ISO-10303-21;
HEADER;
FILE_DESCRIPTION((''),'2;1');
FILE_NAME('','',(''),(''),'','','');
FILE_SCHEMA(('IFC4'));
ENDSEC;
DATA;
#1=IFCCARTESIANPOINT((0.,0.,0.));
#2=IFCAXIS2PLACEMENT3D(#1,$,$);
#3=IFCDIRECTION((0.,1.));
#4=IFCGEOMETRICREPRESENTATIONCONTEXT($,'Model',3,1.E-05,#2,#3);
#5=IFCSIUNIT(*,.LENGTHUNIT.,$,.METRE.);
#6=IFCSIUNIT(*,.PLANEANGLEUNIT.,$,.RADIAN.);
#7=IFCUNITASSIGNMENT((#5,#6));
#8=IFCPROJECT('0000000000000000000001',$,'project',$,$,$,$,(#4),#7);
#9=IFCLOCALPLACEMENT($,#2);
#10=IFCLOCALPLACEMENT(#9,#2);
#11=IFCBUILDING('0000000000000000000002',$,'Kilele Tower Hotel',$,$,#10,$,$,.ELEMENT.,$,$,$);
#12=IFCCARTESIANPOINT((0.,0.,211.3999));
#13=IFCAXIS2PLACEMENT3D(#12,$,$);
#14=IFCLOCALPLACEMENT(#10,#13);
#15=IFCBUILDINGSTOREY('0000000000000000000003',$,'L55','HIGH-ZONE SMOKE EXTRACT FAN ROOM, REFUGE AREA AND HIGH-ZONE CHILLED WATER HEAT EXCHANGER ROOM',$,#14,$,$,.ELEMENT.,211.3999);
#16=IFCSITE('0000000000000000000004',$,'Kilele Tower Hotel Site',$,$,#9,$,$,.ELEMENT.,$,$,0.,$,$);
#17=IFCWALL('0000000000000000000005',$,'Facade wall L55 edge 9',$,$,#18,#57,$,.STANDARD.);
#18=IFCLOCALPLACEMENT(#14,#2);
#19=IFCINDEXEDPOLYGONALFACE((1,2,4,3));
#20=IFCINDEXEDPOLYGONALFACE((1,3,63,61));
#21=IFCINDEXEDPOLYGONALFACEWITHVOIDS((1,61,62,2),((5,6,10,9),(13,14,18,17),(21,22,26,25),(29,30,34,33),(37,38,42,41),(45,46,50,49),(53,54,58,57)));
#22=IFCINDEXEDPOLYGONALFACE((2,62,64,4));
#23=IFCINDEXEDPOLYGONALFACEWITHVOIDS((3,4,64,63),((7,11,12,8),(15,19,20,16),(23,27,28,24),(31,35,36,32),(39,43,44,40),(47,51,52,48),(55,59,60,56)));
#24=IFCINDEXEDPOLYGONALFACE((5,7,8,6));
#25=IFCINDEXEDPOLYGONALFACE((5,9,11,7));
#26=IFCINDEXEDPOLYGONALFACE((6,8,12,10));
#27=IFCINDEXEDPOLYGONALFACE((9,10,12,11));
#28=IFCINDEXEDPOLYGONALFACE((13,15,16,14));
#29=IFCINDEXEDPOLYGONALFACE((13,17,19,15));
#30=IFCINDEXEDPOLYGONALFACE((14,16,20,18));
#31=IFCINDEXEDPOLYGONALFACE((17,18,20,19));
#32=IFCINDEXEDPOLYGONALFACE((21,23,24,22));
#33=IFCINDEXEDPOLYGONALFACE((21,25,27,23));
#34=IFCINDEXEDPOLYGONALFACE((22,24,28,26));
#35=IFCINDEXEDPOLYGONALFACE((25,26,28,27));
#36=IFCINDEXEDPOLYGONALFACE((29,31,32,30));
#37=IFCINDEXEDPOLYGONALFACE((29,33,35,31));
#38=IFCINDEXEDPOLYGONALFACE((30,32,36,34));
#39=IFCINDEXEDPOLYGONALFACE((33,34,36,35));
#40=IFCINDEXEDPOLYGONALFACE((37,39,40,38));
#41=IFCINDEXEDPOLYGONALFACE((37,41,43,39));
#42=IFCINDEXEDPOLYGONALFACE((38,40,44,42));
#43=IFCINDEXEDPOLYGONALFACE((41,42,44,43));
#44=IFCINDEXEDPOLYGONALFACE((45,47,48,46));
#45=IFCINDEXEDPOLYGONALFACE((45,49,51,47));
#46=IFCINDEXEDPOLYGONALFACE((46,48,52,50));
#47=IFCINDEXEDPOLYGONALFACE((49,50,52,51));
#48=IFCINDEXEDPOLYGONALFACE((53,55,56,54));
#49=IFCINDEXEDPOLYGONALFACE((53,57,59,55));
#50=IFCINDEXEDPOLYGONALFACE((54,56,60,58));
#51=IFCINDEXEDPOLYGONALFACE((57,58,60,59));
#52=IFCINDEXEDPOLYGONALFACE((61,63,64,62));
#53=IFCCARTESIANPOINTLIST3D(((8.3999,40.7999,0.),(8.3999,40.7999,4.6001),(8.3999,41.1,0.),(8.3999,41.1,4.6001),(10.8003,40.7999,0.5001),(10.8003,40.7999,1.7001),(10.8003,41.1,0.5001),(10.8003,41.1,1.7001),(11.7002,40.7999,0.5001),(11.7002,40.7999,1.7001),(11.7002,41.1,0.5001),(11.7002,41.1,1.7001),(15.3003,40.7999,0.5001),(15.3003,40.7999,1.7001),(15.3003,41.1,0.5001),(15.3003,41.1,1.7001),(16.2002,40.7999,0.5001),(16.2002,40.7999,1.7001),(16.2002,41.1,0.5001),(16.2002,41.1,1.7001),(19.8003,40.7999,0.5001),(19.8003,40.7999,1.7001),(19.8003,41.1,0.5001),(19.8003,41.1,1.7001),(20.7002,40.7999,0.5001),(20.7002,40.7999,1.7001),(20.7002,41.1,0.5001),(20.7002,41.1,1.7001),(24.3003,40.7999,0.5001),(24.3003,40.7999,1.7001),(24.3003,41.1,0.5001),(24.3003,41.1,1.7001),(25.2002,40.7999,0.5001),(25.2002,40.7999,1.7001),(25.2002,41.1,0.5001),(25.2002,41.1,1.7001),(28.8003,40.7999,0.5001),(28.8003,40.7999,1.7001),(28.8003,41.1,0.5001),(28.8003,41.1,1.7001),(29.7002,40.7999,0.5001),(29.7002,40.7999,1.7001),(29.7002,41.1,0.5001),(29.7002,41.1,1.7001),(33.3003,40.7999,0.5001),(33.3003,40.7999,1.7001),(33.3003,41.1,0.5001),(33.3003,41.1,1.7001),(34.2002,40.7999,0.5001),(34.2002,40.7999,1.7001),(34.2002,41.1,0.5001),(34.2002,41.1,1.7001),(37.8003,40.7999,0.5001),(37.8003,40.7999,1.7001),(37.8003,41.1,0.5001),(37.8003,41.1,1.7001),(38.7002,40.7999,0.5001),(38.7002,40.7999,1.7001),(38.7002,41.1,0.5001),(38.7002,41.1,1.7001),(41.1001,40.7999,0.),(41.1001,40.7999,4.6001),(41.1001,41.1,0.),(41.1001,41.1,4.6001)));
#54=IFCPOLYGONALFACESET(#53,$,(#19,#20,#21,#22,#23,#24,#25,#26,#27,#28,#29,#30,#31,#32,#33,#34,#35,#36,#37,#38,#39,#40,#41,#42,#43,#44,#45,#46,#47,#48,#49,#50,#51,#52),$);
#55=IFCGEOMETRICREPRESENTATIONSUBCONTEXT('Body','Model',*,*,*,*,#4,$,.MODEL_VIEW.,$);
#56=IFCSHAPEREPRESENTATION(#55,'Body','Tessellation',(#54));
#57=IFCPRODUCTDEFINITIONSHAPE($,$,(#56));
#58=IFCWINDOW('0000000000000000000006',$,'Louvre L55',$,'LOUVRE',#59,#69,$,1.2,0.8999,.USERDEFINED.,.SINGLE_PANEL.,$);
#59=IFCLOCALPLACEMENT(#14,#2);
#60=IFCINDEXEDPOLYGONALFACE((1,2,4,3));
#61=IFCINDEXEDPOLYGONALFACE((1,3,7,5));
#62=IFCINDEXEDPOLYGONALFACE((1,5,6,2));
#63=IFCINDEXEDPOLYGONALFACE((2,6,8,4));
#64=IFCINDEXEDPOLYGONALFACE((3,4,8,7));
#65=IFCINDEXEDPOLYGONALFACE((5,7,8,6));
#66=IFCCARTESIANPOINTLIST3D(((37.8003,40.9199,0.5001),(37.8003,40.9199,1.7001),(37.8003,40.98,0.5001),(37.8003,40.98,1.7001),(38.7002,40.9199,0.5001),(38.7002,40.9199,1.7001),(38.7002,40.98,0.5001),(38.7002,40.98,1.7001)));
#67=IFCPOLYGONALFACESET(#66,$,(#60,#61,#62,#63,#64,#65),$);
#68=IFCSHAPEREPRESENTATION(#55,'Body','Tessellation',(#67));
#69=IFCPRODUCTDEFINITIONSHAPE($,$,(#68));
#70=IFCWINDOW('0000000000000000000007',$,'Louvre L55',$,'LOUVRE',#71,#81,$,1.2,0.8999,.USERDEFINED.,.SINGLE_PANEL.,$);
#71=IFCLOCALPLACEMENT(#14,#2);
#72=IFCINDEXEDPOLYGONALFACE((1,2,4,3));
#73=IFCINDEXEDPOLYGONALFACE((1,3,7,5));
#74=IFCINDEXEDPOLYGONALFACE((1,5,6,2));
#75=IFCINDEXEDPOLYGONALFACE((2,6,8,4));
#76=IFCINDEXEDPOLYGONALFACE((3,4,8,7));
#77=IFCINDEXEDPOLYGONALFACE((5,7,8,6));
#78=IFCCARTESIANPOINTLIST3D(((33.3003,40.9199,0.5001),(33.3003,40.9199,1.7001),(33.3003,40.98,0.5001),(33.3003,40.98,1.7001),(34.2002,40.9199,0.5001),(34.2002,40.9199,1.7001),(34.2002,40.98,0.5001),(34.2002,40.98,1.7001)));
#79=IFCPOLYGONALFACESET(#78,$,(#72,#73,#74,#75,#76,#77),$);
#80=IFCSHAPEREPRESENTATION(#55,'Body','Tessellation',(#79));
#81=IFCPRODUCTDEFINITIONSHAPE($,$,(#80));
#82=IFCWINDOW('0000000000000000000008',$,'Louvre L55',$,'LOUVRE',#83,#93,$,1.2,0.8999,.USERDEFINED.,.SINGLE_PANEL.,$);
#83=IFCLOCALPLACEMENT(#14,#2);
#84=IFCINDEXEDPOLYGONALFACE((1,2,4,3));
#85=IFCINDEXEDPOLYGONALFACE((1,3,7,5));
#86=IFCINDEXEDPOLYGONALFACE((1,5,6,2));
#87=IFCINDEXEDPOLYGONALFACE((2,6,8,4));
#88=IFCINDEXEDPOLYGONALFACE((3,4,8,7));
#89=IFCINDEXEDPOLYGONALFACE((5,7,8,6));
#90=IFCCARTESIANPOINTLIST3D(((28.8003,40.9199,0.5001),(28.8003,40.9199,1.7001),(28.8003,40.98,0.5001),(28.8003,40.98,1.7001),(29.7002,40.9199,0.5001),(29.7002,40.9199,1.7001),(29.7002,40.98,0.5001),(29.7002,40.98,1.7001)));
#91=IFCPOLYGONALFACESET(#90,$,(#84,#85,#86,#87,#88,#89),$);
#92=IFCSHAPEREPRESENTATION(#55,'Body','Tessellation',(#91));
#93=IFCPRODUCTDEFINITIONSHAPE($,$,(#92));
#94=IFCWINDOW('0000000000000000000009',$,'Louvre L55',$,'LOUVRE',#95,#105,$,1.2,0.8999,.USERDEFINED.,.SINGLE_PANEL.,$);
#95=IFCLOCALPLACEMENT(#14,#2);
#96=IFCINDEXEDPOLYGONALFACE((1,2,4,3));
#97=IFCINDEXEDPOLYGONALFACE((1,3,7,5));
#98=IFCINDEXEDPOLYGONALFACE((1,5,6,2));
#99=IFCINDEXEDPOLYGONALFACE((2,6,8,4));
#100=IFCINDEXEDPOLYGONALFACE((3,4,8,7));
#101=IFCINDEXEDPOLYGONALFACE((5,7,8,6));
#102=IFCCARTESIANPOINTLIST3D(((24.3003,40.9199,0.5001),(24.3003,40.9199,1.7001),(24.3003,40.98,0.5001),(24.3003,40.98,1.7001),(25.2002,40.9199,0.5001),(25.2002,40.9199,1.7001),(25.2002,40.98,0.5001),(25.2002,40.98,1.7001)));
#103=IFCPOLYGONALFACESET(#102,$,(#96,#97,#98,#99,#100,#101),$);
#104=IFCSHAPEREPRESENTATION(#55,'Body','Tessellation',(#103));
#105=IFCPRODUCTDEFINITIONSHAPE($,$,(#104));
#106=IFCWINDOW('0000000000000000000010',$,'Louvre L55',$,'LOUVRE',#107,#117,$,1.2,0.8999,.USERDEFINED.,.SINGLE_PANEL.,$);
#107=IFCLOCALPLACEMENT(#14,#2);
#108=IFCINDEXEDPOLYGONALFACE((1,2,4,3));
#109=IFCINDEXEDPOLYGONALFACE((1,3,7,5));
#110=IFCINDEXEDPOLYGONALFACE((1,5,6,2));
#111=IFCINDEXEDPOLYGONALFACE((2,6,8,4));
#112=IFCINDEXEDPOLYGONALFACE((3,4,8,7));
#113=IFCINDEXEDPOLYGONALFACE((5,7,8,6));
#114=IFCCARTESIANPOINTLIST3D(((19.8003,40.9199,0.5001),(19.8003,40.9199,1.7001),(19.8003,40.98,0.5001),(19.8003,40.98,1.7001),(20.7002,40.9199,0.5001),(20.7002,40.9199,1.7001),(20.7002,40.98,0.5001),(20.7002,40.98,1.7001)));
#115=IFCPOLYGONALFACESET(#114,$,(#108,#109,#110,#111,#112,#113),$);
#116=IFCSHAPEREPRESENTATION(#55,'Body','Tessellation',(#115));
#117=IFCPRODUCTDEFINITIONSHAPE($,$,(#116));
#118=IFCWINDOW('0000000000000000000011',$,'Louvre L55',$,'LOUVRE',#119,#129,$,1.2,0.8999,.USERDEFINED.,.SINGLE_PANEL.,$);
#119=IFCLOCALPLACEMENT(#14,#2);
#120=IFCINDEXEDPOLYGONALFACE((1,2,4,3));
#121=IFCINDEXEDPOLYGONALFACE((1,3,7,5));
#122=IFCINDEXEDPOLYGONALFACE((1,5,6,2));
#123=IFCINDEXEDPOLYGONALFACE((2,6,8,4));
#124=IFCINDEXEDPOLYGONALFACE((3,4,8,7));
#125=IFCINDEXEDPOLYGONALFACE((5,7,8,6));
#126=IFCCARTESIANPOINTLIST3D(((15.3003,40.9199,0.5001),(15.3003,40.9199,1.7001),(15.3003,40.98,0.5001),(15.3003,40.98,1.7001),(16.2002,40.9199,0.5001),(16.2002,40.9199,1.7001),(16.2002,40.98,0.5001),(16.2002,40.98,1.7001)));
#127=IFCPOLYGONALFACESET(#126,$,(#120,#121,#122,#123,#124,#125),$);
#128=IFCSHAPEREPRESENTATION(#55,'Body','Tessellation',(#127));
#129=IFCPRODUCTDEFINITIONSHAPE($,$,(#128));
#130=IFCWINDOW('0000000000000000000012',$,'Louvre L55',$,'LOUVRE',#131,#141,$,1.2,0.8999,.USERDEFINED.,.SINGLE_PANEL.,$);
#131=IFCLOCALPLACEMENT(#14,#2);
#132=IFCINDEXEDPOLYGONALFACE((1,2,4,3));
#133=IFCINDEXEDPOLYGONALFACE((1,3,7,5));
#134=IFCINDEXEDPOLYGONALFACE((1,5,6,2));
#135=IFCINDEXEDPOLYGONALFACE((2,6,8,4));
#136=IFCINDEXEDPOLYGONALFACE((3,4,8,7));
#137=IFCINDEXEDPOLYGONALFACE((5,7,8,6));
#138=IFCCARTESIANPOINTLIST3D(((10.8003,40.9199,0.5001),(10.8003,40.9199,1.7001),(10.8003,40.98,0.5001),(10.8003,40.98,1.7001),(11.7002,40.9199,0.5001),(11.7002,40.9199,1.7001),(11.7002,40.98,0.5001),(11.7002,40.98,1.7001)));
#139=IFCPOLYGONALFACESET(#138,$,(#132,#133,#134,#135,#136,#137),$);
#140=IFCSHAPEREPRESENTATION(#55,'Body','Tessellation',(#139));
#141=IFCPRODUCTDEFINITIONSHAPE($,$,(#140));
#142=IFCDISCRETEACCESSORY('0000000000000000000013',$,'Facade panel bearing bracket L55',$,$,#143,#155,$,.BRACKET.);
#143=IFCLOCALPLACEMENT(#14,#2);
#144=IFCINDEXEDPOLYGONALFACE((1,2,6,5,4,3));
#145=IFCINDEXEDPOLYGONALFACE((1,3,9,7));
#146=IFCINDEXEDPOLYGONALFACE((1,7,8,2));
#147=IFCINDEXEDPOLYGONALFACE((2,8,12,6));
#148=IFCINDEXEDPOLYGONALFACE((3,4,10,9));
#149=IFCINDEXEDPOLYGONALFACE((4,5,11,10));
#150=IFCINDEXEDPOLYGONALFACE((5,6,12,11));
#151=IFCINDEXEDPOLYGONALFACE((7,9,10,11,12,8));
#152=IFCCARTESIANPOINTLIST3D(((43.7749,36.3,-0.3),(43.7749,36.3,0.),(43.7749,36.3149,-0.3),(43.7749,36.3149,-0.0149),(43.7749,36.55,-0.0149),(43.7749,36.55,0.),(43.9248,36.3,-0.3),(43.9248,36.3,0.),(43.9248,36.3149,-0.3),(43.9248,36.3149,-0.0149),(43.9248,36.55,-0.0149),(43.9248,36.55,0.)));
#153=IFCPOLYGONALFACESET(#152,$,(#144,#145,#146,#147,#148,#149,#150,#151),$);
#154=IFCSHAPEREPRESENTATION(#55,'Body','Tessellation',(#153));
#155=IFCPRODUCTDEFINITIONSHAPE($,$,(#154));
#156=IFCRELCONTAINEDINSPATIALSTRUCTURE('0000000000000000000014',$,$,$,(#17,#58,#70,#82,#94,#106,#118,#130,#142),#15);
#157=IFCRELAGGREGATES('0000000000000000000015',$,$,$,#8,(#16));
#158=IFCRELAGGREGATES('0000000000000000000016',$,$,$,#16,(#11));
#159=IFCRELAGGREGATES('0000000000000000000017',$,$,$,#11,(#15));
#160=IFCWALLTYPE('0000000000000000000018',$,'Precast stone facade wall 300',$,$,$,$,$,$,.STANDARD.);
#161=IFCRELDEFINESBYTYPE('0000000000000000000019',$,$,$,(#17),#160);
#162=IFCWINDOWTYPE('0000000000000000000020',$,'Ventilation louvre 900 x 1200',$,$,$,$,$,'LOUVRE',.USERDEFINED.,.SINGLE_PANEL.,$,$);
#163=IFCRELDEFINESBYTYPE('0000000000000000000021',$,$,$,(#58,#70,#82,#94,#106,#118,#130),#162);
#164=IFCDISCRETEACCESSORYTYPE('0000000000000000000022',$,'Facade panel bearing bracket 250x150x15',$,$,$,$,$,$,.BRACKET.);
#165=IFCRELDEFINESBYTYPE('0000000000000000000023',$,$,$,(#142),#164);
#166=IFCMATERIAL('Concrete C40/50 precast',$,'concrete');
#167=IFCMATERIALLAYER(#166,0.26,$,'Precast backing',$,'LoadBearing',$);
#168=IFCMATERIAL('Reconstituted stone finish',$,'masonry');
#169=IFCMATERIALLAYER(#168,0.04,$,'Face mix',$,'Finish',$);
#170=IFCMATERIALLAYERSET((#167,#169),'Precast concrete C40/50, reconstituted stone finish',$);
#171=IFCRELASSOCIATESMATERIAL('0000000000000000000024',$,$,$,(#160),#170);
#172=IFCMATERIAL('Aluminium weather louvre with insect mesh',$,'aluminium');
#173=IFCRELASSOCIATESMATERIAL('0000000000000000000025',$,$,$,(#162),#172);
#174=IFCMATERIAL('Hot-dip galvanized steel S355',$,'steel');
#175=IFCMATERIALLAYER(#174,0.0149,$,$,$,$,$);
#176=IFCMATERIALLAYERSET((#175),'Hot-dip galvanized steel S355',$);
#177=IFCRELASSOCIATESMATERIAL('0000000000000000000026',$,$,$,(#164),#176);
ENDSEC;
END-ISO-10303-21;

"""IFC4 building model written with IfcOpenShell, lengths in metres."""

from ifc_helpers import new_model, si_unit, direction, frame, frame_2d, origin, place, context, subcontext, project, spatial, polyline, rectangle, outline, extrude, source, transform, mapped, material, layer, layer_set, type_object, element, fill, save


model = new_model("IFC4")

# Units and contexts
model_context = context("Model", 3, precision=1e-05, world=origin(), true_north=direction((0.0, 1.0)))
body_context = subcontext(model_context, "Body", "Model", "MODEL_VIEW")
ifc_project = project(units=[si_unit("LENGTHUNIT", "METRE"), si_unit("PLANEANGLEUNIT", "RADIAN")], contexts=[model_context])

# Site, building, storey
site_placement = place(None, origin())
site = spatial("IfcSite", under=ifc_project, at=site_placement, Name="Kilele Tower Hotel Site", CompositionType="ELEMENT", RefElevation=0.0)
building_placement = place(site_placement, origin())
building = spatial("IfcBuilding", under=site, at=building_placement, Name="Kilele Tower Hotel", CompositionType="ELEMENT")
storey_placement = place(building_placement, frame((0.0, 0.0, 211.3999)))
storey = spatial("IfcBuildingStorey", under=building, at=storey_placement, Name="L55", Description="HIGH-ZONE SMOKE EXTRACT FAN ROOM, REFUGE AREA AND HIGH-ZONE CHILLED WATER HEAT EXCHANGER ROOM", CompositionType="ELEMENT", Elevation=211.3999)

# Shared definitions
ifc_material_1 = material(Name="Concrete C40/50 precast", Category="concrete")
ifc_layer_1 = layer(ifc_material_1, 0.26, Name="Precast backing", Category="LoadBearing")
ifc_material_2 = material(Name="Reconstituted stone finish", Category="masonry")
ifc_layer_2 = layer(ifc_material_2, 0.04, Name="Face mix", Category="Finish")
ifc_layer_set_1 = layer_set([ifc_layer_1, ifc_layer_2], Name="Precast concrete C40/50, reconstituted stone finish")
wall_type = type_object("IfcWallType", Name="Precast stone facade wall 300", PredefinedType="STANDARD", material=ifc_layer_set_1)
ifc_material_3 = material(Name="Aluminium weather louvre with insect mesh", Category="aluminium")
window_type = type_object("IfcWindowType", Name="Ventilation louvre 900 x 1200", ElementType="LOUVRE", PartitioningType="SINGLE_PANEL", PredefinedType="USERDEFINED", material=ifc_material_3)

# Wall, openings, windows
wall_1_placement = place(storey_placement, frame((41.1001, 40.95, 0.0), z_axis=(0.0, 0.0, 1.0), x_axis=(-1.0, 0.0, 0.0)))
wall_1 = element("IfcWall", 1, at=wall_1_placement, inside=storey, type_object=wall_type, Name="Facade wall L55 edge 9", PredefinedType="STANDARD", context=body_context, shape_type="SweptSolid", body=[
    extrude(rectangle(XDim=32.7002, YDim=0.3, at=frame_2d((16.3501, 0.0))), origin(), (0.0, 0.0, 1.0), 4.6001),
])
opening_1_placement = place(wall_1_placement, frame((2.3999, 0.0, 0.5)))
opening_1 = element("IfcOpeningElement", 2, at=opening_1_placement, cuts=wall_1, PredefinedType="OPENING", context=body_context, shape_type="SweptSolid", body=[
    extrude(rectangle(XDim=0.8999, YDim=1.2, at=frame_2d((0.45, 0.6001))), frame((0.0, 0.1599, 0.0), z_axis=(0.0, -1.0, 0.0), x_axis=(1.0, 0.0, 0.0)), (0.0, 0.0, 1.0), 0.3201),
])
opening_2_placement = place(wall_1_placement, frame((6.8999, 0.0, 0.5)))
opening_2 = element("IfcOpeningElement", 3, at=opening_2_placement, cuts=wall_1, PredefinedType="OPENING", context=body_context, shape_type="SweptSolid", body=[
    extrude(rectangle(XDim=0.8999, YDim=1.2, at=frame_2d((0.45, 0.6001))), frame((0.0, 0.1599, 0.0), z_axis=(0.0, -1.0, 0.0), x_axis=(1.0, 0.0, 0.0)), (0.0, 0.0, 1.0), 0.3201),
])
opening_3_placement = place(wall_1_placement, frame((11.3999, 0.0, 0.5)))
opening_3 = element("IfcOpeningElement", 4, at=opening_3_placement, cuts=wall_1, PredefinedType="OPENING", context=body_context, shape_type="SweptSolid", body=[
    extrude(rectangle(XDim=0.8999, YDim=1.2, at=frame_2d((0.45, 0.6001))), frame((0.0, 0.1599, 0.0), z_axis=(0.0, -1.0, 0.0), x_axis=(1.0, 0.0, 0.0)), (0.0, 0.0, 1.0), 0.3201),
])
opening_4_placement = place(wall_1_placement, frame((15.8999, 0.0, 0.5)))
opening_4 = element("IfcOpeningElement", 5, at=opening_4_placement, cuts=wall_1, PredefinedType="OPENING", context=body_context, shape_type="SweptSolid", body=[
    extrude(rectangle(XDim=0.8999, YDim=1.2, at=frame_2d((0.45, 0.6001))), frame((0.0, 0.1599, 0.0), z_axis=(0.0, -1.0, 0.0), x_axis=(1.0, 0.0, 0.0)), (0.0, 0.0, 1.0), 0.3201),
])
opening_5_placement = place(wall_1_placement, frame((20.3999, 0.0, 0.5)))
opening_5 = element("IfcOpeningElement", 6, at=opening_5_placement, cuts=wall_1, PredefinedType="OPENING", context=body_context, shape_type="SweptSolid", body=[
    extrude(rectangle(XDim=0.8999, YDim=1.2, at=frame_2d((0.45, 0.6001))), frame((0.0, 0.1599, 0.0), z_axis=(0.0, -1.0, 0.0), x_axis=(1.0, 0.0, 0.0)), (0.0, 0.0, 1.0), 0.3201),
])
opening_6_placement = place(wall_1_placement, frame((24.8999, 0.0, 0.5)))
opening_6 = element("IfcOpeningElement", 7, at=opening_6_placement, cuts=wall_1, PredefinedType="OPENING", context=body_context, shape_type="SweptSolid", body=[
    extrude(rectangle(XDim=0.8999, YDim=1.2, at=frame_2d((0.45, 0.6001))), frame((0.0, 0.1599, 0.0), z_axis=(0.0, -1.0, 0.0), x_axis=(1.0, 0.0, 0.0)), (0.0, 0.0, 1.0), 0.3201),
])
opening_7_placement = place(wall_1_placement, frame((29.3999, 0.0, 0.5)))
opening_7 = element("IfcOpeningElement", 8, at=opening_7_placement, cuts=wall_1, PredefinedType="OPENING", context=body_context, shape_type="SweptSolid", body=[
    extrude(rectangle(XDim=0.8999, YDim=1.2, at=frame_2d((0.45, 0.6001))), frame((0.0, 0.1599, 0.0), z_axis=(0.0, -1.0, 0.0), x_axis=(1.0, 0.0, 0.0)), (0.0, 0.0, 1.0), 0.3201),
])
window_1_placement = place(opening_1_placement, origin())
window_1 = element("IfcWindow", 9, at=window_1_placement, inside=storey, type_object=window_type, Name="Louvre L55", ObjectType="LOUVRE", OverallHeight=1.2, OverallWidth=0.8999, PartitioningType="SINGLE_PANEL", PredefinedType="USERDEFINED", context=body_context, shape_type="SweptSolid", body=[
    extrude(rectangle(XDim=0.8999, YDim=1.2, at=frame_2d((0.45, 0.6001))), frame((0.0, 0.03, 0.0), z_axis=(0.0, -1.0, 0.0), x_axis=(1.0, 0.0, 0.0)), (0.0, 0.0, 1.0), 0.0601),
])
fill(opening_1, window_1)
window_2_placement = place(opening_2_placement, origin())
window_2 = element("IfcWindow", 10, at=window_2_placement, inside=storey, type_object=window_type, Name="Louvre L55", ObjectType="LOUVRE", OverallHeight=1.2, OverallWidth=0.8999, PartitioningType="SINGLE_PANEL", PredefinedType="USERDEFINED", context=body_context, shape_type="SweptSolid", body=[
    extrude(rectangle(XDim=0.8999, YDim=1.2, at=frame_2d((0.45, 0.6001))), frame((0.0, 0.03, 0.0), z_axis=(0.0, -1.0, 0.0), x_axis=(1.0, 0.0, 0.0)), (0.0, 0.0, 1.0), 0.0601),
])
fill(opening_2, window_2)
window_3_placement = place(opening_3_placement, origin())
window_3 = element("IfcWindow", 11, at=window_3_placement, inside=storey, type_object=window_type, Name="Louvre L55", ObjectType="LOUVRE", OverallHeight=1.2, OverallWidth=0.8999, PartitioningType="SINGLE_PANEL", PredefinedType="USERDEFINED", context=body_context, shape_type="SweptSolid", body=[
    extrude(rectangle(XDim=0.8999, YDim=1.2, at=frame_2d((0.45, 0.6001))), frame((0.0, 0.03, 0.0), z_axis=(0.0, -1.0, 0.0), x_axis=(1.0, 0.0, 0.0)), (0.0, 0.0, 1.0), 0.0601),
])
fill(opening_3, window_3)
window_4_placement = place(opening_4_placement, origin())
window_4 = element("IfcWindow", 12, at=window_4_placement, inside=storey, type_object=window_type, Name="Louvre L55", ObjectType="LOUVRE", OverallHeight=1.2, OverallWidth=0.8999, PartitioningType="SINGLE_PANEL", PredefinedType="USERDEFINED", context=body_context, shape_type="SweptSolid", body=[
    extrude(rectangle(XDim=0.8999, YDim=1.2, at=frame_2d((0.45, 0.6001))), frame((0.0, 0.03, 0.0), z_axis=(0.0, -1.0, 0.0), x_axis=(1.0, 0.0, 0.0)), (0.0, 0.0, 1.0), 0.0601),
])
fill(opening_4, window_4)
window_5_placement = place(opening_5_placement, origin())
window_5 = element("IfcWindow", 13, at=window_5_placement, inside=storey, type_object=window_type, Name="Louvre L55", ObjectType="LOUVRE", OverallHeight=1.2, OverallWidth=0.8999, PartitioningType="SINGLE_PANEL", PredefinedType="USERDEFINED", context=body_context, shape_type="SweptSolid", body=[
    extrude(rectangle(XDim=0.8999, YDim=1.2, at=frame_2d((0.45, 0.6001))), frame((0.0, 0.03, 0.0), z_axis=(0.0, -1.0, 0.0), x_axis=(1.0, 0.0, 0.0)), (0.0, 0.0, 1.0), 0.0601),
])
fill(opening_5, window_5)
window_6_placement = place(opening_6_placement, origin())
window_6 = element("IfcWindow", 14, at=window_6_placement, inside=storey, type_object=window_type, Name="Louvre L55", ObjectType="LOUVRE", OverallHeight=1.2, OverallWidth=0.8999, PartitioningType="SINGLE_PANEL", PredefinedType="USERDEFINED", context=body_context, shape_type="SweptSolid", body=[
    extrude(rectangle(XDim=0.8999, YDim=1.2, at=frame_2d((0.45, 0.6001))), frame((0.0, 0.03, 0.0), z_axis=(0.0, -1.0, 0.0), x_axis=(1.0, 0.0, 0.0)), (0.0, 0.0, 1.0), 0.0601),
])
fill(opening_6, window_6)
window_7_placement = place(opening_7_placement, origin())
window_7 = element("IfcWindow", 15, at=window_7_placement, inside=storey, type_object=window_type, Name="Louvre L55", ObjectType="LOUVRE", OverallHeight=1.2, OverallWidth=0.8999, PartitioningType="SINGLE_PANEL", PredefinedType="USERDEFINED", context=body_context, shape_type="SweptSolid", body=[
    extrude(rectangle(XDim=0.8999, YDim=1.2, at=frame_2d((0.45, 0.6001))), frame((0.0, 0.03, 0.0), z_axis=(0.0, -1.0, 0.0), x_axis=(1.0, 0.0, 0.0)), (0.0, 0.0, 1.0), 0.0601),
])
fill(opening_7, window_7)

# Discrete accessory
ifc_material_4 = material(Name="Hot-dip galvanized steel S355", Category="steel")
ifc_layer_3 = layer(ifc_material_4, 0.0149)
ifc_layer_set_2 = layer_set([ifc_layer_3], Name="Hot-dip galvanized steel S355")
discrete_accessory_type_1 = type_object("IfcDiscreteAccessoryType", Name="Facade panel bearing bracket 250x150x15", PredefinedType="BRACKET", material=ifc_layer_set_2)
shared_shape_1 = source(origin(), body_context, "Body", "SweptSolid", [
    extrude(outline(polyline([(0.0, 0.0), (0.25, 0.0), (0.25, -0.0149), (0.0149, -0.0149), (0.0149, -0.3), (0.0, -0.3), (0.0, 0.0)])), origin(), (0.0, 0.0, 1.0), 0.1499),
])
for number, where, z_axis, x_axis, name in (
    (16, (43.7749, 36.3, 0.0), (1.0, 0.0, 0.0), (0.0, 1.0, 0.0), "Facade panel bearing bracket L55"),
):
    element("IfcDiscreteAccessory", number, at=place(storey_placement, frame(where, z_axis=z_axis, x_axis=x_axis)), inside=storey, type_object=discrete_accessory_type_1, Name=name, PredefinedType="BRACKET", context=body_context, shape_type="MappedRepresentation", body=[
        mapped(shared_shape_1, transform((0.0, 0.0, 0.0))),
    ])

save(model, "model.ifc")
